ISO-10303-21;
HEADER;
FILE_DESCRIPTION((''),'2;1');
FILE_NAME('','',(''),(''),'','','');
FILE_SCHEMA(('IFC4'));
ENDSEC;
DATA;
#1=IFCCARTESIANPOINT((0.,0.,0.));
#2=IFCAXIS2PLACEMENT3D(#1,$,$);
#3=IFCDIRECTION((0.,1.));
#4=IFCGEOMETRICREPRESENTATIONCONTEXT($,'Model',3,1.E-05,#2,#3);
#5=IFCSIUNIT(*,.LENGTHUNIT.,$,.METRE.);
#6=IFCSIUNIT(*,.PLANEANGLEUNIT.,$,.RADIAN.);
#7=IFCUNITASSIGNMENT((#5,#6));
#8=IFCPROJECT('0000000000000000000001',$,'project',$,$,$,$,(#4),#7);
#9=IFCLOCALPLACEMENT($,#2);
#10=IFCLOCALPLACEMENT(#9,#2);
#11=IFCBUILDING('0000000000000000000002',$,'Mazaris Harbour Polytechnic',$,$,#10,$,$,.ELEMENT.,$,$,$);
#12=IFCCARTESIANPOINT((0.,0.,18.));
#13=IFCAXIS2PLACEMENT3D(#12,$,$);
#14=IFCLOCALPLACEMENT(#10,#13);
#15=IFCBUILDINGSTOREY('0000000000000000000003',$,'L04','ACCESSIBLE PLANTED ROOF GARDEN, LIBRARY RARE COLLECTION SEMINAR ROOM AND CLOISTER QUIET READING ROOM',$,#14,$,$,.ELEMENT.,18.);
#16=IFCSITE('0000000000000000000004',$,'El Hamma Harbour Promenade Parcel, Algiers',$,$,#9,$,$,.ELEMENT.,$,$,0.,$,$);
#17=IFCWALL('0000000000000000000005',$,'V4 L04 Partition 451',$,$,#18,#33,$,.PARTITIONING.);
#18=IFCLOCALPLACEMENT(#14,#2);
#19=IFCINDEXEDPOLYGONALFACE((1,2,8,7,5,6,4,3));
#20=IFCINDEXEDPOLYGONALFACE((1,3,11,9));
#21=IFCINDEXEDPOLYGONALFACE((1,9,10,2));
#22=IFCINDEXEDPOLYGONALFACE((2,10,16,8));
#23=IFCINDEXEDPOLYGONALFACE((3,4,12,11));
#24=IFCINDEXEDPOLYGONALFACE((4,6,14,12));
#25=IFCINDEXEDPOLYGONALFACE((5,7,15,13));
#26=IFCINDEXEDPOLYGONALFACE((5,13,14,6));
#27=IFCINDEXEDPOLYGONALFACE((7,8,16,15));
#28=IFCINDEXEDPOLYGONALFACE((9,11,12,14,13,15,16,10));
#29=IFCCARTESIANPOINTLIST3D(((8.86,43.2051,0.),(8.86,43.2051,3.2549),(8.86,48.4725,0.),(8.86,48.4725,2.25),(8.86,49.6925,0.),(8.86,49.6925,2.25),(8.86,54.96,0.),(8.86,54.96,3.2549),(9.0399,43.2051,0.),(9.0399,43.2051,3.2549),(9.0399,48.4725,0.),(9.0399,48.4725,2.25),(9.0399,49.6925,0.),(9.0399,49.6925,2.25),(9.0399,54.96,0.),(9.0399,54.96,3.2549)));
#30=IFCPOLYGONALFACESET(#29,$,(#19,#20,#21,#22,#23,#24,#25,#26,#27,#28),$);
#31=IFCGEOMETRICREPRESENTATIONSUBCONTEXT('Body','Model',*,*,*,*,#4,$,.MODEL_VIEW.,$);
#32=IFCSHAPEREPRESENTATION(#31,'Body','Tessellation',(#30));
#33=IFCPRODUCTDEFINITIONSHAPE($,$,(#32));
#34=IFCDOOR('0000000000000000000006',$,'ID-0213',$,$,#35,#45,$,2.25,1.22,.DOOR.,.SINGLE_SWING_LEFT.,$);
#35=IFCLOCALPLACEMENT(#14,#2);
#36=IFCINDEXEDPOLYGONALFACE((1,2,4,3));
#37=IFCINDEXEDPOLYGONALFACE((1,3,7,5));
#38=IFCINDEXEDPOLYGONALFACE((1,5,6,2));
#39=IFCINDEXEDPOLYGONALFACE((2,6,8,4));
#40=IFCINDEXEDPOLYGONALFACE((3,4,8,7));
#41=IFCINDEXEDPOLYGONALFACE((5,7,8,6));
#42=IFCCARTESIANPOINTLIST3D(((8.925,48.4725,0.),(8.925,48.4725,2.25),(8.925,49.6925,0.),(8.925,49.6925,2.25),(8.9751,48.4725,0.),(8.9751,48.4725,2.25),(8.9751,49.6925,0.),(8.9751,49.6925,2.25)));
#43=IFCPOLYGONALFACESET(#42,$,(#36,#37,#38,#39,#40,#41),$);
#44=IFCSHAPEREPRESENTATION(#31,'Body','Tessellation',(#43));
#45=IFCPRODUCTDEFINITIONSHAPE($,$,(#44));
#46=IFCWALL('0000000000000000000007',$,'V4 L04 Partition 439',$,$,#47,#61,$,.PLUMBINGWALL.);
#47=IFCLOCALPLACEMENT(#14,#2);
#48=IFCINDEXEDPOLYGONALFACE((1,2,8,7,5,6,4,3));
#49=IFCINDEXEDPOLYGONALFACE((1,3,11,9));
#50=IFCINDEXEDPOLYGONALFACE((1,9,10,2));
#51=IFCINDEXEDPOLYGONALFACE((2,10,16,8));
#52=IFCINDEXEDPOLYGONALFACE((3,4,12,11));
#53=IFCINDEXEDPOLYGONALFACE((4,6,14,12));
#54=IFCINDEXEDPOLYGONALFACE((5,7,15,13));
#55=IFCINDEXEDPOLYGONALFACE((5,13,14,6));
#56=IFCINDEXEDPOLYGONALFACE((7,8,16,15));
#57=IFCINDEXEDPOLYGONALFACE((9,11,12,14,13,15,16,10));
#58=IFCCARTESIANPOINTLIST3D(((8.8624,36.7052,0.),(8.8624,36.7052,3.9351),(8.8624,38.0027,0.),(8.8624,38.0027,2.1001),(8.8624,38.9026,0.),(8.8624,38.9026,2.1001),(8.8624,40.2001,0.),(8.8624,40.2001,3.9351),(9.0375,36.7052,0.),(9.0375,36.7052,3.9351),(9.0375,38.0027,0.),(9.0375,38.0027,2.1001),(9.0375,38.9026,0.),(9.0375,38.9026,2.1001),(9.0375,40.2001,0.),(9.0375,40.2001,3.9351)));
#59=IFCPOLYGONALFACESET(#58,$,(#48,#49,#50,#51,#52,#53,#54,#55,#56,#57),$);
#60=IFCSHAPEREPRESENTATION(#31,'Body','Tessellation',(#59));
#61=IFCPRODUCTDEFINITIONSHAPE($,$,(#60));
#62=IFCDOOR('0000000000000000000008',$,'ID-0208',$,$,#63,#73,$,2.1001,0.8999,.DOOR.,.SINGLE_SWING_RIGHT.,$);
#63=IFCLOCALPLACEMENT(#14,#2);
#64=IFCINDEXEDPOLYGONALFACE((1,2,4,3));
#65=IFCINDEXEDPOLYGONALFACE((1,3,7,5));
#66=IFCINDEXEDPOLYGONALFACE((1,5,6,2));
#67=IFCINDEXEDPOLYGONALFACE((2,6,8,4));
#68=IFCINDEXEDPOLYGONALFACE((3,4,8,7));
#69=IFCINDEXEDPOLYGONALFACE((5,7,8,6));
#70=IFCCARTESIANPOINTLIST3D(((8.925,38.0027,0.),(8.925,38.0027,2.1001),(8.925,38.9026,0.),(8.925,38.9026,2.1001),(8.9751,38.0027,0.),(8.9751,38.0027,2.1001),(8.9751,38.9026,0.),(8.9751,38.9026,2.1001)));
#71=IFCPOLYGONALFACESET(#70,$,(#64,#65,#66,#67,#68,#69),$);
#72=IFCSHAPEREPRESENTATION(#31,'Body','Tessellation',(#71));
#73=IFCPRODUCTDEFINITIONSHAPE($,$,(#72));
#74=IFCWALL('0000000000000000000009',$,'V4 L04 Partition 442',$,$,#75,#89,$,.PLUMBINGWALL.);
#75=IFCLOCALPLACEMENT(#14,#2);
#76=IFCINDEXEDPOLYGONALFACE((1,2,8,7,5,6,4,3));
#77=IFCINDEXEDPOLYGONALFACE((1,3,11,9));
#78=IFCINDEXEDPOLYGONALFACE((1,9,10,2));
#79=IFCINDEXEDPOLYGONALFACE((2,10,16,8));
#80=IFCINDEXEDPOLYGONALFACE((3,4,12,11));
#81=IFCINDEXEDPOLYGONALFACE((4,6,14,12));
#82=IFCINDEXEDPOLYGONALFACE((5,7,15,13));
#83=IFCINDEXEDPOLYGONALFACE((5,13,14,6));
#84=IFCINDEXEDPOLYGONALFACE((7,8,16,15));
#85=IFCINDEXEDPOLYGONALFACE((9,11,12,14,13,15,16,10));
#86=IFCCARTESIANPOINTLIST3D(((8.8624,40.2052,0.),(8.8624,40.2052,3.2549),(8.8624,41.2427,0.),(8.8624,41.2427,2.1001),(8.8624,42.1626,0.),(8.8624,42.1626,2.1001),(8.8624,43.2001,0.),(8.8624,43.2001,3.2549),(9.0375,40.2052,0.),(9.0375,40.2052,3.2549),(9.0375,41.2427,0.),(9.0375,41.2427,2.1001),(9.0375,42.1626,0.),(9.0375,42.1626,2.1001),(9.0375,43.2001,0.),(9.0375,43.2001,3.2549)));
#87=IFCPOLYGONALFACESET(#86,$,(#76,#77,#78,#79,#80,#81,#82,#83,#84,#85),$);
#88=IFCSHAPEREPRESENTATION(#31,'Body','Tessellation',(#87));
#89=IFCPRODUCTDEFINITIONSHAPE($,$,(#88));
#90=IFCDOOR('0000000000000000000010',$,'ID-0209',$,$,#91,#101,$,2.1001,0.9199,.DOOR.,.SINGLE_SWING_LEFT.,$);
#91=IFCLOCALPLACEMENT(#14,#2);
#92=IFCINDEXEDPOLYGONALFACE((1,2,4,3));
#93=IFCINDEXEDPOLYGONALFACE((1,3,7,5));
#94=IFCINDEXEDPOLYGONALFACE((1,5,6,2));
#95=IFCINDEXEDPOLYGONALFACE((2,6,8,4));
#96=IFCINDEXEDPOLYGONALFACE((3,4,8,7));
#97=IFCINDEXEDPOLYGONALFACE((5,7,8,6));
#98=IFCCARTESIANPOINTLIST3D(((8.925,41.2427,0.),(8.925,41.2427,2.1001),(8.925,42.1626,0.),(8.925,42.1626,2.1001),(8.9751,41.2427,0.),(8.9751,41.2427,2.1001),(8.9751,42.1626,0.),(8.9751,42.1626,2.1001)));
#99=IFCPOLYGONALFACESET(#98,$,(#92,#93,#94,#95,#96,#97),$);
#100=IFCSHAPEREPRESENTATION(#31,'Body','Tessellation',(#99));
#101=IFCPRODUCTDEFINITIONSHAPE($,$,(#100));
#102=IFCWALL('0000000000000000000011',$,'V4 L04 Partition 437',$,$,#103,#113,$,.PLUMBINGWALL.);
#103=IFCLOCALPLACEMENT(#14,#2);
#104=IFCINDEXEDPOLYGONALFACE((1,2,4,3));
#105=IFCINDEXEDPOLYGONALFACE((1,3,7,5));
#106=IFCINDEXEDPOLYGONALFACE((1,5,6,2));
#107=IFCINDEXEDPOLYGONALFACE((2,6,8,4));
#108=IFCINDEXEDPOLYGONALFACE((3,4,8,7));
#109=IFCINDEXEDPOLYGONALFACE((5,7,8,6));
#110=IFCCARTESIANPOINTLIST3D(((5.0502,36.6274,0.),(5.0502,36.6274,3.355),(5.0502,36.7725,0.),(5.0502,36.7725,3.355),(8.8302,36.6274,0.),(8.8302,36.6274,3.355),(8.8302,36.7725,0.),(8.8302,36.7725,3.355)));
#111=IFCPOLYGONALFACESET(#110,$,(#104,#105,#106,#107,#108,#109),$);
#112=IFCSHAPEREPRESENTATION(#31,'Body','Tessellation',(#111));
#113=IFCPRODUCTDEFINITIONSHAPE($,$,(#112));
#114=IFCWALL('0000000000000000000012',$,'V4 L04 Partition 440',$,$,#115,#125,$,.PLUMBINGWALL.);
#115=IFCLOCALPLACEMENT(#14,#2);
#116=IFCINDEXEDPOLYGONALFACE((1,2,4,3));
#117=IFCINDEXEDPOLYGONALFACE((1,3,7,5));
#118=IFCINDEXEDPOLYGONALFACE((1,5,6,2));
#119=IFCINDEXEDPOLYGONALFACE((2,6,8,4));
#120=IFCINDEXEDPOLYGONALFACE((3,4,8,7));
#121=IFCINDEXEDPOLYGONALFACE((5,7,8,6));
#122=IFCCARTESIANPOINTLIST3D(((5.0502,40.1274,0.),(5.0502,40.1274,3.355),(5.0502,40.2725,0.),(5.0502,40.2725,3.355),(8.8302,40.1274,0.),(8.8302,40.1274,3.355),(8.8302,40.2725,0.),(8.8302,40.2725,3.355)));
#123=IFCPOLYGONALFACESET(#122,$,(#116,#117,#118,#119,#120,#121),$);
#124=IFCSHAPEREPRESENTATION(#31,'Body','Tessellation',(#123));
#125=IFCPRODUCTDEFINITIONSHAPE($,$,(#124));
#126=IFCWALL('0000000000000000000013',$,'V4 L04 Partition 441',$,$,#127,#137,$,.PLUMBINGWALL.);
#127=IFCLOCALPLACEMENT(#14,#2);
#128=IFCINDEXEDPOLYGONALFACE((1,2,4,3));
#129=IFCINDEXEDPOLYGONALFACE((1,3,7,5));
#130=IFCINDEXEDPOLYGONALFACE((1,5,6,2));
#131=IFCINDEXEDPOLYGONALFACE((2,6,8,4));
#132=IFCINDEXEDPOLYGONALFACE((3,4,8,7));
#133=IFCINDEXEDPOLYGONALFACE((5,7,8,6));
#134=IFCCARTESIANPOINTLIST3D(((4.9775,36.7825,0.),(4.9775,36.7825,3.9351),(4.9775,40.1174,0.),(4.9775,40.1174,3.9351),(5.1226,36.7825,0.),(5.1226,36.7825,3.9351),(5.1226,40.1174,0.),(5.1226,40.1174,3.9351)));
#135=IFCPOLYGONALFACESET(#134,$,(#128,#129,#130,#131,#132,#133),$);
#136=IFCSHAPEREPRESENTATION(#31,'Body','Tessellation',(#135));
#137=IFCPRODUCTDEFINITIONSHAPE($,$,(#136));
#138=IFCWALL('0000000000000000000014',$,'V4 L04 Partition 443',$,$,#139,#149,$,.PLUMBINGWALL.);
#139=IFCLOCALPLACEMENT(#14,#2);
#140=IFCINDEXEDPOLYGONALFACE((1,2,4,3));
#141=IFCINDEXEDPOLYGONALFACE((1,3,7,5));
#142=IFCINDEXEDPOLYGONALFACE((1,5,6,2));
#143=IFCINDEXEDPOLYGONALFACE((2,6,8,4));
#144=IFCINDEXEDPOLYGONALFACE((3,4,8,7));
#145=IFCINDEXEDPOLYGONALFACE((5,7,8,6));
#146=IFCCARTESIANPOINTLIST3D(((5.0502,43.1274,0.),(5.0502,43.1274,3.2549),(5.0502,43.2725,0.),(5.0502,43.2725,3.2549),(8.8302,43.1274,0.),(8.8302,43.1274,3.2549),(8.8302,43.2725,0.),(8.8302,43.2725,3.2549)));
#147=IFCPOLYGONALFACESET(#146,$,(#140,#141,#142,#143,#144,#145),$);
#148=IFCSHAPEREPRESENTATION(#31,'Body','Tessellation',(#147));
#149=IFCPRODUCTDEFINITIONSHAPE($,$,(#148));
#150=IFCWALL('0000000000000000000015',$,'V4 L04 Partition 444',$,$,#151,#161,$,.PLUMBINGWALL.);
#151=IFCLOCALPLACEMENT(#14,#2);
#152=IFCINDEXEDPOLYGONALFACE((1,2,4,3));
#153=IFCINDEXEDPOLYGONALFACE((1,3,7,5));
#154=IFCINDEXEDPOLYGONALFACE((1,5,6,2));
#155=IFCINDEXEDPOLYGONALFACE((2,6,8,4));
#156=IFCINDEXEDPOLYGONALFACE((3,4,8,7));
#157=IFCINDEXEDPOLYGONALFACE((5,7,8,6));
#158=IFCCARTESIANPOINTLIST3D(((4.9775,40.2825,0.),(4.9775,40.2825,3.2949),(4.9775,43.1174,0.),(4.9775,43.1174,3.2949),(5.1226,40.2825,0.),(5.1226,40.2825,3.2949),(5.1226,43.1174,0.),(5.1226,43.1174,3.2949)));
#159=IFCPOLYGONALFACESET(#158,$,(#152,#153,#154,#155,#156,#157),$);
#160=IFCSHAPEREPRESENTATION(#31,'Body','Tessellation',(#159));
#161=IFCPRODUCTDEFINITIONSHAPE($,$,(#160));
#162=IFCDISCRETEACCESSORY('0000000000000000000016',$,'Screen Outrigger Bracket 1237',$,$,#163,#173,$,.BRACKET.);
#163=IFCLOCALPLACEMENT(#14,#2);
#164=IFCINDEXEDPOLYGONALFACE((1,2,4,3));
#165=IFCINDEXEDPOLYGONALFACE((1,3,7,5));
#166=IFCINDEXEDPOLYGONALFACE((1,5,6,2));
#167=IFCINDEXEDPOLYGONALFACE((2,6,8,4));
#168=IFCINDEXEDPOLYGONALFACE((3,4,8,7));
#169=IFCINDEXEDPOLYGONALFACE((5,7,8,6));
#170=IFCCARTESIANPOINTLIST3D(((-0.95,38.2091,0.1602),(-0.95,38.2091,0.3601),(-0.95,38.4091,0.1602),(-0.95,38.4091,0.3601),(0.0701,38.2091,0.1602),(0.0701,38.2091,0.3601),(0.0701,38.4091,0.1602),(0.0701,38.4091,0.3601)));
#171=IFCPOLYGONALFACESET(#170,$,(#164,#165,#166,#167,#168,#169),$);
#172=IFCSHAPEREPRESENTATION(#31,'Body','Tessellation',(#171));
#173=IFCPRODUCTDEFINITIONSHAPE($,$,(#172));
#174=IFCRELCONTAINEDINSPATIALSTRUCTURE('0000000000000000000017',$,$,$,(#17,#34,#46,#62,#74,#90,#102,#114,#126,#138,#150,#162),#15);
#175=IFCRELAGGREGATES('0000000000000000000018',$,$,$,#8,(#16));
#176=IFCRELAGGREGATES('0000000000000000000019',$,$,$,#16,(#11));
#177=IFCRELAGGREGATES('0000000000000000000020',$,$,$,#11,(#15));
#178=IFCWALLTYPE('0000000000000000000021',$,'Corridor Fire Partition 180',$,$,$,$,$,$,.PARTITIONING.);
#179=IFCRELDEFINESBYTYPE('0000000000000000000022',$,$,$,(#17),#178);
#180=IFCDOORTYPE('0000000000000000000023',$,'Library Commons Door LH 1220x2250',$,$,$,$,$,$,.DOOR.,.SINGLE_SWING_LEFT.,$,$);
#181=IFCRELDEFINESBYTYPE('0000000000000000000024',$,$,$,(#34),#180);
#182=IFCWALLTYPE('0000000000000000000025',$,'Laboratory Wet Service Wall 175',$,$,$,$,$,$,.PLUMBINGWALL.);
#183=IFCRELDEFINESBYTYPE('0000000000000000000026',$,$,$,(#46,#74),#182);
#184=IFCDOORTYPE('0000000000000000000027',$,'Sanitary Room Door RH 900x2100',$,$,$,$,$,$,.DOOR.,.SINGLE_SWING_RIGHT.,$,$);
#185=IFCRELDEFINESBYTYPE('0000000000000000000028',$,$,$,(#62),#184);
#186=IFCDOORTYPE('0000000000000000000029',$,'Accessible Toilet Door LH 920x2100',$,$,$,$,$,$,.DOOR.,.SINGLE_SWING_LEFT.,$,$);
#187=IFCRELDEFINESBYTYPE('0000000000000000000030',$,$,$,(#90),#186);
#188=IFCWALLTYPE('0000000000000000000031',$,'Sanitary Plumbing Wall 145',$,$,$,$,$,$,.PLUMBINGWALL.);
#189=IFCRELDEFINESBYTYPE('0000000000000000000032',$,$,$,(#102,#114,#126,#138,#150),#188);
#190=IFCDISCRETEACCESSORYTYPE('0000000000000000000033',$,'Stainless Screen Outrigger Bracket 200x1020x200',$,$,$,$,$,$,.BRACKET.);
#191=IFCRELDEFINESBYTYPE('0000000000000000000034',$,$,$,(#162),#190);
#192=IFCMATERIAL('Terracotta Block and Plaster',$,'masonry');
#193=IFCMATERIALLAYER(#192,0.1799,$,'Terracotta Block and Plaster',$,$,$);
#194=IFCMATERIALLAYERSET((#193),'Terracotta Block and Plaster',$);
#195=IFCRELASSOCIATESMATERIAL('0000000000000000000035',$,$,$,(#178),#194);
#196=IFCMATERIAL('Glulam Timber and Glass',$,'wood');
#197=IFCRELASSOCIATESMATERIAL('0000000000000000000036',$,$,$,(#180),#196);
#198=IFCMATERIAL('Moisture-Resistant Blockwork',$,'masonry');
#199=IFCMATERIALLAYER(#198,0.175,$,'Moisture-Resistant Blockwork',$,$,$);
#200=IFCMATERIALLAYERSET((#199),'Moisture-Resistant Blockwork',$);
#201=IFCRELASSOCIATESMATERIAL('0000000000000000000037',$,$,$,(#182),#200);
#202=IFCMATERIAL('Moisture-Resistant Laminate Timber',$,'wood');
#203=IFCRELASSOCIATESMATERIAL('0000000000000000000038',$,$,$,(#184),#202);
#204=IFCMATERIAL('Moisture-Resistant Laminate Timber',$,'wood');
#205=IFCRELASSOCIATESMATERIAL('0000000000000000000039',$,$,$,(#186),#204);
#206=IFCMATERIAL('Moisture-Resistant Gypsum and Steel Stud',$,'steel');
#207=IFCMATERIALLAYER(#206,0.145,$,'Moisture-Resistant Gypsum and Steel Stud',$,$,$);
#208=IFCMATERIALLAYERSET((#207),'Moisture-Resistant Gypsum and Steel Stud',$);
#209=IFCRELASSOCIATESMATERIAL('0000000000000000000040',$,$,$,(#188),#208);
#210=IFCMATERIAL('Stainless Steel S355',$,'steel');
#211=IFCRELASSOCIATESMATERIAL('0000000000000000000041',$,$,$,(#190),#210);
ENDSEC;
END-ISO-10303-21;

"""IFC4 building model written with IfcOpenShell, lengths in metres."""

from ifc_helpers import new_model, si_unit, direction, frame, frame_2d, origin, origin_2d, place, context, subcontext, project, spatial, rectangle, extrude, material, layer, layer_set, type_object, element, fill, save


model = new_model("IFC4")

# Units and contexts
model_context = context("Model", 3, precision=1e-05, world=origin(), true_north=direction((0.0, 1.0)))
body_context = subcontext(model_context, "Body", "Model", "MODEL_VIEW")
ifc_project = project(units=[si_unit("LENGTHUNIT", "METRE"), si_unit("PLANEANGLEUNIT", "RADIAN")], contexts=[model_context])

# Site, building, storey
site_placement = place(None, origin())
site = spatial("IfcSite", under=ifc_project, at=site_placement, Name="El Hamma Harbour Promenade Parcel, Algiers", CompositionType="ELEMENT", RefElevation=0.0)
building_placement = place(site_placement, origin())
building = spatial("IfcBuilding", under=site, at=building_placement, Name="Mazaris Harbour Polytechnic", CompositionType="ELEMENT")
storey_placement = place(building_placement, frame((0.0, 0.0, 18.0)))
storey = spatial("IfcBuildingStorey", under=building, at=storey_placement, Name="L04", Description="ACCESSIBLE PLANTED ROOF GARDEN, LIBRARY RARE COLLECTION SEMINAR ROOM AND CLOISTER QUIET READING ROOM", CompositionType="ELEMENT", Elevation=18.0)

# Walls, openings, doors
ifc_material_1 = material(Name="Terracotta Block and Plaster", Category="masonry")
ifc_layer_1 = layer(ifc_material_1, 0.1799, Name="Terracotta Block and Plaster")
ifc_layer_set_1 = layer_set([ifc_layer_1], Name="Terracotta Block and Plaster")
wall_type_1 = type_object("IfcWallType", Name="Corridor Fire Partition 180", PredefinedType="PARTITIONING", material=ifc_layer_set_1)
wall_1_placement = place(storey_placement, frame((8.95, 43.2051, 0.0), z_axis=(0.0, 0.0, 1.0), x_axis=(0.0, 1.0, 0.0)))
wall_1 = element("IfcWall", 1, at=wall_1_placement, inside=storey, type_object=wall_type_1, Name="V4 L04 Partition 451", PredefinedType="PARTITIONING", context=body_context, shape_type="SweptSolid", body=[
    extrude(rectangle(XDim=11.7549, YDim=0.1799, at=frame_2d((5.8774, 0.0))), origin(), (0.0, 0.0, 1.0), 3.2549),
])
opening_1_placement = place(wall_1_placement, frame((5.2676, 0.0, 0.0)))
opening_1 = element("IfcOpeningElement", 2, at=opening_1_placement, cuts=wall_1, PredefinedType="OPENING", context=body_context, shape_type="SweptSolid", body=[
    extrude(rectangle(XDim=1.22, YDim=2.25, at=frame_2d((0.6099, 1.125))), frame((0.0, 0.0999, 0.0), z_axis=(0.0, -1.0, 0.0), x_axis=(1.0, 0.0, 0.0)), (0.0, 0.0, 1.0), 0.2),
])
ifc_material_2 = material(Name="Glulam Timber and Glass", Category="wood")
door_type_1 = type_object("IfcDoorType", Name="Library Commons Door LH 1220x2250", OperationType="SINGLE_SWING_LEFT", PredefinedType="DOOR", material=ifc_material_2)
door_1_placement = place(opening_1_placement, origin())
door_1 = element("IfcDoor", 3, at=door_1_placement, inside=storey, type_object=door_type_1, Name="ID-0213", OperationType="SINGLE_SWING_LEFT", OverallHeight=2.25, OverallWidth=1.22, PredefinedType="DOOR", context=body_context, shape_type="SweptSolid", body=[
    extrude(rectangle(XDim=1.22, YDim=2.25, at=frame_2d((0.6099, 1.125))), frame((0.0, 0.0249, 0.0), z_axis=(0.0, -1.0, 0.0), x_axis=(1.0, 0.0, 0.0)), (0.0, 0.0, 1.0), 0.05),
])
fill(opening_1, door_1)
ifc_material_3 = material(Name="Moisture-Resistant Blockwork", Category="masonry")
ifc_layer_2 = layer(ifc_material_3, 0.175, Name="Moisture-Resistant Blockwork")
ifc_layer_set_2 = layer_set([ifc_layer_2], Name="Moisture-Resistant Blockwork")
wall_type_2 = type_object("IfcWallType", Name="Laboratory Wet Service Wall 175", PredefinedType="PLUMBINGWALL", material=ifc_layer_set_2)
wall_2_placement = place(storey_placement, frame((8.95, 36.7051, 0.0), z_axis=(0.0, 0.0, 1.0), x_axis=(0.0, 1.0, 0.0)))
wall_2 = element("IfcWall", 4, at=wall_2_placement, inside=storey, type_object=wall_type_2, Name="V4 L04 Partition 439", PredefinedType="PLUMBINGWALL", context=body_context, shape_type="SweptSolid", body=[
    extrude(rectangle(XDim=3.4949, YDim=0.175, at=frame_2d((1.7476, 0.0))), origin(), (0.0, 0.0, 1.0), 3.9351),
])
opening_2_placement = place(wall_2_placement, frame((1.2976, 0.0, 0.0)))
opening_2 = element("IfcOpeningElement", 5, at=opening_2_placement, cuts=wall_2, PredefinedType="OPENING", context=body_context, shape_type="SweptSolid", body=[
    extrude(rectangle(XDim=0.8999, YDim=2.1001, at=frame_2d((0.45, 1.05))), frame((0.0, 0.0974, 0.0), z_axis=(0.0, -1.0, 0.0), x_axis=(1.0, 0.0, 0.0)), (0.0, 0.0, 1.0), 0.1951),
])
ifc_material_4 = material(Name="Moisture-Resistant Laminate Timber", Category="wood")
door_type_2 = type_object("IfcDoorType", Name="Sanitary Room Door RH 900x2100", OperationType="SINGLE_SWING_RIGHT", PredefinedType="DOOR", material=ifc_material_4)
door_2_placement = place(opening_2_placement, origin())
door_2 = element("IfcDoor", 6, at=door_2_placement, inside=storey, type_object=door_type_2, Name="ID-0208", OperationType="SINGLE_SWING_RIGHT", OverallHeight=2.1001, OverallWidth=0.8999, PredefinedType="DOOR", context=body_context, shape_type="SweptSolid", body=[
    extrude(rectangle(XDim=0.8999, YDim=2.1001, at=frame_2d((0.45, 1.05))), frame((0.0, 0.0249, 0.0), z_axis=(0.0, -1.0, 0.0), x_axis=(1.0, 0.0, 0.0)), (0.0, 0.0, 1.0), 0.05),
])
fill(opening_2, door_2)
wall_3_placement = place(storey_placement, frame((8.95, 40.2051, 0.0), z_axis=(0.0, 0.0, 1.0), x_axis=(0.0, 1.0, 0.0)))
wall_3 = element("IfcWall", 7, at=wall_3_placement, inside=storey, type_object=wall_type_2, Name="V4 L04 Partition 442", PredefinedType="PLUMBINGWALL", context=body_context, shape_type="SweptSolid", body=[
    extrude(rectangle(XDim=2.9949, YDim=0.175, at=frame_2d((1.4976, 0.0))), origin(), (0.0, 0.0, 1.0), 3.2549),
])
opening_3_placement = place(wall_3_placement, frame((1.0376, 0.0, 0.0)))
opening_3 = element("IfcOpeningElement", 8, at=opening_3_placement, cuts=wall_3, PredefinedType="OPENING", context=body_context, shape_type="SweptSolid", body=[
    extrude(rectangle(XDim=0.9199, YDim=2.1001, at=frame_2d((0.46, 1.05))), frame((0.0, 0.0974, 0.0), z_axis=(0.0, -1.0, 0.0), x_axis=(1.0, 0.0, 0.0)), (0.0, 0.0, 1.0), 0.1951),
])
ifc_material_5 = material(Name="Moisture-Resistant Laminate Timber", Category="wood")
door_type_3 = type_object("IfcDoorType", Name="Accessible Toilet Door LH 920x2100", OperationType="SINGLE_SWING_LEFT", PredefinedType="DOOR", material=ifc_material_5)
door_3_placement = place(opening_3_placement, origin())
door_3 = element("IfcDoor", 9, at=door_3_placement, inside=storey, type_object=door_type_3, Name="ID-0209", OperationType="SINGLE_SWING_LEFT", OverallHeight=2.1001, OverallWidth=0.9199, PredefinedType="DOOR", context=body_context, shape_type="SweptSolid", body=[
    extrude(rectangle(XDim=0.9199, YDim=2.1001, at=frame_2d((0.46, 1.05))), frame((0.0, 0.0249, 0.0), z_axis=(0.0, -1.0, 0.0), x_axis=(1.0, 0.0, 0.0)), (0.0, 0.0, 1.0), 0.05),
])
fill(opening_3, door_3)

# Walls
ifc_material_6 = material(Name="Moisture-Resistant Gypsum and Steel Stud", Category="steel")
ifc_layer_3 = layer(ifc_material_6, 0.145, Name="Moisture-Resistant Gypsum and Steel Stud")
ifc_layer_set_3 = layer_set([ifc_layer_3], Name="Moisture-Resistant Gypsum and Steel Stud")
wall_type_3 = type_object("IfcWallType", Name="Sanitary Plumbing Wall 145", PredefinedType="PLUMBINGWALL", material=ifc_layer_set_3)
for number, where, z_axis, x_axis, name in (
    (10, (5.05, 36.7, 0.0), (0.0, 0.0, 1.0), (1.0, 0.0, 0.0), "V4 L04 Partition 437"),
    (11, (5.05, 40.2, 0.0), (0.0, 0.0, 1.0), (1.0, 0.0, 0.0), "V4 L04 Partition 440"),
):
    element("IfcWall", number, at=place(storey_placement, frame(where, z_axis=z_axis, x_axis=x_axis)), inside=storey, type_object=wall_type_3, Name=name, PredefinedType="PLUMBINGWALL", context=body_context, shape_type="SweptSolid", body=[
        extrude(rectangle(XDim=3.78, YDim=0.145, at=frame_2d((1.8901, 0.0))), origin(), (0.0, 0.0, 1.0), 3.355),
    ])
wall_4_placement = place(storey_placement, frame((5.05, 36.7825, 0.0), z_axis=(0.0, 0.0, 1.0), x_axis=(0.0, 1.0, 0.0)))
element("IfcWall", 12, at=wall_4_placement, inside=storey, type_object=wall_type_3, Name="V4 L04 Partition 441", PredefinedType="PLUMBINGWALL", context=body_context, shape_type="SweptSolid", body=[
    extrude(rectangle(XDim=3.335, YDim=0.145, at=frame_2d((1.6675, 0.0))), origin(), (0.0, 0.0, 1.0), 3.9351),
])
wall_5_placement = place(storey_placement, frame((5.05, 43.2, 0.0), z_axis=(0.0, 0.0, 1.0), x_axis=(1.0, 0.0, 0.0)))
element("IfcWall", 13, at=wall_5_placement, inside=storey, type_object=wall_type_3, Name="V4 L04 Partition 443", PredefinedType="PLUMBINGWALL", context=body_context, shape_type="SweptSolid", body=[
    extrude(rectangle(XDim=3.78, YDim=0.145, at=frame_2d((1.8901, 0.0))), origin(), (0.0, 0.0, 1.0), 3.2549),
])
wall_6_placement = place(storey_placement, frame((5.05, 40.2825, 0.0), z_axis=(0.0, 0.0, 1.0), x_axis=(0.0, 1.0, 0.0)))
element("IfcWall", 14, at=wall_6_placement, inside=storey, type_object=wall_type_3, Name="V4 L04 Partition 444", PredefinedType="PLUMBINGWALL", context=body_context, shape_type="SweptSolid", body=[
    extrude(rectangle(XDim=2.835, YDim=0.145, at=frame_2d((1.4175, 0.0))), origin(), (0.0, 0.0, 1.0), 3.2949),
])

# Discrete accessory
ifc_material_7 = material(Name="Stainless Steel S355", Category="steel")
discrete_accessory_type = type_object("IfcDiscreteAccessoryType", Name="Stainless Screen Outrigger Bracket 200x1020x200", PredefinedType="BRACKET", material=ifc_material_7)
for number, where, z_axis, x_axis, name in (
    (15, (-0.4399, 38.3091, 0.1602), (0.0, 0.0, 1.0), (0.0, 1.0, 0.0), "Screen Outrigger Bracket 1237"),
):
    element("IfcDiscreteAccessory", number, at=place(storey_placement, frame(where, z_axis=z_axis, x_axis=x_axis)), inside=storey, type_object=discrete_accessory_type, Name=name, PredefinedType="BRACKET", context=body_context, shape_type="SweptSolid", body=[
        extrude(rectangle(XDim=0.2, YDim=1.02, at=origin_2d()), origin(), (0.0, 0.0, 1.0), 0.2),
    ])

save(model, "model.ifc")
